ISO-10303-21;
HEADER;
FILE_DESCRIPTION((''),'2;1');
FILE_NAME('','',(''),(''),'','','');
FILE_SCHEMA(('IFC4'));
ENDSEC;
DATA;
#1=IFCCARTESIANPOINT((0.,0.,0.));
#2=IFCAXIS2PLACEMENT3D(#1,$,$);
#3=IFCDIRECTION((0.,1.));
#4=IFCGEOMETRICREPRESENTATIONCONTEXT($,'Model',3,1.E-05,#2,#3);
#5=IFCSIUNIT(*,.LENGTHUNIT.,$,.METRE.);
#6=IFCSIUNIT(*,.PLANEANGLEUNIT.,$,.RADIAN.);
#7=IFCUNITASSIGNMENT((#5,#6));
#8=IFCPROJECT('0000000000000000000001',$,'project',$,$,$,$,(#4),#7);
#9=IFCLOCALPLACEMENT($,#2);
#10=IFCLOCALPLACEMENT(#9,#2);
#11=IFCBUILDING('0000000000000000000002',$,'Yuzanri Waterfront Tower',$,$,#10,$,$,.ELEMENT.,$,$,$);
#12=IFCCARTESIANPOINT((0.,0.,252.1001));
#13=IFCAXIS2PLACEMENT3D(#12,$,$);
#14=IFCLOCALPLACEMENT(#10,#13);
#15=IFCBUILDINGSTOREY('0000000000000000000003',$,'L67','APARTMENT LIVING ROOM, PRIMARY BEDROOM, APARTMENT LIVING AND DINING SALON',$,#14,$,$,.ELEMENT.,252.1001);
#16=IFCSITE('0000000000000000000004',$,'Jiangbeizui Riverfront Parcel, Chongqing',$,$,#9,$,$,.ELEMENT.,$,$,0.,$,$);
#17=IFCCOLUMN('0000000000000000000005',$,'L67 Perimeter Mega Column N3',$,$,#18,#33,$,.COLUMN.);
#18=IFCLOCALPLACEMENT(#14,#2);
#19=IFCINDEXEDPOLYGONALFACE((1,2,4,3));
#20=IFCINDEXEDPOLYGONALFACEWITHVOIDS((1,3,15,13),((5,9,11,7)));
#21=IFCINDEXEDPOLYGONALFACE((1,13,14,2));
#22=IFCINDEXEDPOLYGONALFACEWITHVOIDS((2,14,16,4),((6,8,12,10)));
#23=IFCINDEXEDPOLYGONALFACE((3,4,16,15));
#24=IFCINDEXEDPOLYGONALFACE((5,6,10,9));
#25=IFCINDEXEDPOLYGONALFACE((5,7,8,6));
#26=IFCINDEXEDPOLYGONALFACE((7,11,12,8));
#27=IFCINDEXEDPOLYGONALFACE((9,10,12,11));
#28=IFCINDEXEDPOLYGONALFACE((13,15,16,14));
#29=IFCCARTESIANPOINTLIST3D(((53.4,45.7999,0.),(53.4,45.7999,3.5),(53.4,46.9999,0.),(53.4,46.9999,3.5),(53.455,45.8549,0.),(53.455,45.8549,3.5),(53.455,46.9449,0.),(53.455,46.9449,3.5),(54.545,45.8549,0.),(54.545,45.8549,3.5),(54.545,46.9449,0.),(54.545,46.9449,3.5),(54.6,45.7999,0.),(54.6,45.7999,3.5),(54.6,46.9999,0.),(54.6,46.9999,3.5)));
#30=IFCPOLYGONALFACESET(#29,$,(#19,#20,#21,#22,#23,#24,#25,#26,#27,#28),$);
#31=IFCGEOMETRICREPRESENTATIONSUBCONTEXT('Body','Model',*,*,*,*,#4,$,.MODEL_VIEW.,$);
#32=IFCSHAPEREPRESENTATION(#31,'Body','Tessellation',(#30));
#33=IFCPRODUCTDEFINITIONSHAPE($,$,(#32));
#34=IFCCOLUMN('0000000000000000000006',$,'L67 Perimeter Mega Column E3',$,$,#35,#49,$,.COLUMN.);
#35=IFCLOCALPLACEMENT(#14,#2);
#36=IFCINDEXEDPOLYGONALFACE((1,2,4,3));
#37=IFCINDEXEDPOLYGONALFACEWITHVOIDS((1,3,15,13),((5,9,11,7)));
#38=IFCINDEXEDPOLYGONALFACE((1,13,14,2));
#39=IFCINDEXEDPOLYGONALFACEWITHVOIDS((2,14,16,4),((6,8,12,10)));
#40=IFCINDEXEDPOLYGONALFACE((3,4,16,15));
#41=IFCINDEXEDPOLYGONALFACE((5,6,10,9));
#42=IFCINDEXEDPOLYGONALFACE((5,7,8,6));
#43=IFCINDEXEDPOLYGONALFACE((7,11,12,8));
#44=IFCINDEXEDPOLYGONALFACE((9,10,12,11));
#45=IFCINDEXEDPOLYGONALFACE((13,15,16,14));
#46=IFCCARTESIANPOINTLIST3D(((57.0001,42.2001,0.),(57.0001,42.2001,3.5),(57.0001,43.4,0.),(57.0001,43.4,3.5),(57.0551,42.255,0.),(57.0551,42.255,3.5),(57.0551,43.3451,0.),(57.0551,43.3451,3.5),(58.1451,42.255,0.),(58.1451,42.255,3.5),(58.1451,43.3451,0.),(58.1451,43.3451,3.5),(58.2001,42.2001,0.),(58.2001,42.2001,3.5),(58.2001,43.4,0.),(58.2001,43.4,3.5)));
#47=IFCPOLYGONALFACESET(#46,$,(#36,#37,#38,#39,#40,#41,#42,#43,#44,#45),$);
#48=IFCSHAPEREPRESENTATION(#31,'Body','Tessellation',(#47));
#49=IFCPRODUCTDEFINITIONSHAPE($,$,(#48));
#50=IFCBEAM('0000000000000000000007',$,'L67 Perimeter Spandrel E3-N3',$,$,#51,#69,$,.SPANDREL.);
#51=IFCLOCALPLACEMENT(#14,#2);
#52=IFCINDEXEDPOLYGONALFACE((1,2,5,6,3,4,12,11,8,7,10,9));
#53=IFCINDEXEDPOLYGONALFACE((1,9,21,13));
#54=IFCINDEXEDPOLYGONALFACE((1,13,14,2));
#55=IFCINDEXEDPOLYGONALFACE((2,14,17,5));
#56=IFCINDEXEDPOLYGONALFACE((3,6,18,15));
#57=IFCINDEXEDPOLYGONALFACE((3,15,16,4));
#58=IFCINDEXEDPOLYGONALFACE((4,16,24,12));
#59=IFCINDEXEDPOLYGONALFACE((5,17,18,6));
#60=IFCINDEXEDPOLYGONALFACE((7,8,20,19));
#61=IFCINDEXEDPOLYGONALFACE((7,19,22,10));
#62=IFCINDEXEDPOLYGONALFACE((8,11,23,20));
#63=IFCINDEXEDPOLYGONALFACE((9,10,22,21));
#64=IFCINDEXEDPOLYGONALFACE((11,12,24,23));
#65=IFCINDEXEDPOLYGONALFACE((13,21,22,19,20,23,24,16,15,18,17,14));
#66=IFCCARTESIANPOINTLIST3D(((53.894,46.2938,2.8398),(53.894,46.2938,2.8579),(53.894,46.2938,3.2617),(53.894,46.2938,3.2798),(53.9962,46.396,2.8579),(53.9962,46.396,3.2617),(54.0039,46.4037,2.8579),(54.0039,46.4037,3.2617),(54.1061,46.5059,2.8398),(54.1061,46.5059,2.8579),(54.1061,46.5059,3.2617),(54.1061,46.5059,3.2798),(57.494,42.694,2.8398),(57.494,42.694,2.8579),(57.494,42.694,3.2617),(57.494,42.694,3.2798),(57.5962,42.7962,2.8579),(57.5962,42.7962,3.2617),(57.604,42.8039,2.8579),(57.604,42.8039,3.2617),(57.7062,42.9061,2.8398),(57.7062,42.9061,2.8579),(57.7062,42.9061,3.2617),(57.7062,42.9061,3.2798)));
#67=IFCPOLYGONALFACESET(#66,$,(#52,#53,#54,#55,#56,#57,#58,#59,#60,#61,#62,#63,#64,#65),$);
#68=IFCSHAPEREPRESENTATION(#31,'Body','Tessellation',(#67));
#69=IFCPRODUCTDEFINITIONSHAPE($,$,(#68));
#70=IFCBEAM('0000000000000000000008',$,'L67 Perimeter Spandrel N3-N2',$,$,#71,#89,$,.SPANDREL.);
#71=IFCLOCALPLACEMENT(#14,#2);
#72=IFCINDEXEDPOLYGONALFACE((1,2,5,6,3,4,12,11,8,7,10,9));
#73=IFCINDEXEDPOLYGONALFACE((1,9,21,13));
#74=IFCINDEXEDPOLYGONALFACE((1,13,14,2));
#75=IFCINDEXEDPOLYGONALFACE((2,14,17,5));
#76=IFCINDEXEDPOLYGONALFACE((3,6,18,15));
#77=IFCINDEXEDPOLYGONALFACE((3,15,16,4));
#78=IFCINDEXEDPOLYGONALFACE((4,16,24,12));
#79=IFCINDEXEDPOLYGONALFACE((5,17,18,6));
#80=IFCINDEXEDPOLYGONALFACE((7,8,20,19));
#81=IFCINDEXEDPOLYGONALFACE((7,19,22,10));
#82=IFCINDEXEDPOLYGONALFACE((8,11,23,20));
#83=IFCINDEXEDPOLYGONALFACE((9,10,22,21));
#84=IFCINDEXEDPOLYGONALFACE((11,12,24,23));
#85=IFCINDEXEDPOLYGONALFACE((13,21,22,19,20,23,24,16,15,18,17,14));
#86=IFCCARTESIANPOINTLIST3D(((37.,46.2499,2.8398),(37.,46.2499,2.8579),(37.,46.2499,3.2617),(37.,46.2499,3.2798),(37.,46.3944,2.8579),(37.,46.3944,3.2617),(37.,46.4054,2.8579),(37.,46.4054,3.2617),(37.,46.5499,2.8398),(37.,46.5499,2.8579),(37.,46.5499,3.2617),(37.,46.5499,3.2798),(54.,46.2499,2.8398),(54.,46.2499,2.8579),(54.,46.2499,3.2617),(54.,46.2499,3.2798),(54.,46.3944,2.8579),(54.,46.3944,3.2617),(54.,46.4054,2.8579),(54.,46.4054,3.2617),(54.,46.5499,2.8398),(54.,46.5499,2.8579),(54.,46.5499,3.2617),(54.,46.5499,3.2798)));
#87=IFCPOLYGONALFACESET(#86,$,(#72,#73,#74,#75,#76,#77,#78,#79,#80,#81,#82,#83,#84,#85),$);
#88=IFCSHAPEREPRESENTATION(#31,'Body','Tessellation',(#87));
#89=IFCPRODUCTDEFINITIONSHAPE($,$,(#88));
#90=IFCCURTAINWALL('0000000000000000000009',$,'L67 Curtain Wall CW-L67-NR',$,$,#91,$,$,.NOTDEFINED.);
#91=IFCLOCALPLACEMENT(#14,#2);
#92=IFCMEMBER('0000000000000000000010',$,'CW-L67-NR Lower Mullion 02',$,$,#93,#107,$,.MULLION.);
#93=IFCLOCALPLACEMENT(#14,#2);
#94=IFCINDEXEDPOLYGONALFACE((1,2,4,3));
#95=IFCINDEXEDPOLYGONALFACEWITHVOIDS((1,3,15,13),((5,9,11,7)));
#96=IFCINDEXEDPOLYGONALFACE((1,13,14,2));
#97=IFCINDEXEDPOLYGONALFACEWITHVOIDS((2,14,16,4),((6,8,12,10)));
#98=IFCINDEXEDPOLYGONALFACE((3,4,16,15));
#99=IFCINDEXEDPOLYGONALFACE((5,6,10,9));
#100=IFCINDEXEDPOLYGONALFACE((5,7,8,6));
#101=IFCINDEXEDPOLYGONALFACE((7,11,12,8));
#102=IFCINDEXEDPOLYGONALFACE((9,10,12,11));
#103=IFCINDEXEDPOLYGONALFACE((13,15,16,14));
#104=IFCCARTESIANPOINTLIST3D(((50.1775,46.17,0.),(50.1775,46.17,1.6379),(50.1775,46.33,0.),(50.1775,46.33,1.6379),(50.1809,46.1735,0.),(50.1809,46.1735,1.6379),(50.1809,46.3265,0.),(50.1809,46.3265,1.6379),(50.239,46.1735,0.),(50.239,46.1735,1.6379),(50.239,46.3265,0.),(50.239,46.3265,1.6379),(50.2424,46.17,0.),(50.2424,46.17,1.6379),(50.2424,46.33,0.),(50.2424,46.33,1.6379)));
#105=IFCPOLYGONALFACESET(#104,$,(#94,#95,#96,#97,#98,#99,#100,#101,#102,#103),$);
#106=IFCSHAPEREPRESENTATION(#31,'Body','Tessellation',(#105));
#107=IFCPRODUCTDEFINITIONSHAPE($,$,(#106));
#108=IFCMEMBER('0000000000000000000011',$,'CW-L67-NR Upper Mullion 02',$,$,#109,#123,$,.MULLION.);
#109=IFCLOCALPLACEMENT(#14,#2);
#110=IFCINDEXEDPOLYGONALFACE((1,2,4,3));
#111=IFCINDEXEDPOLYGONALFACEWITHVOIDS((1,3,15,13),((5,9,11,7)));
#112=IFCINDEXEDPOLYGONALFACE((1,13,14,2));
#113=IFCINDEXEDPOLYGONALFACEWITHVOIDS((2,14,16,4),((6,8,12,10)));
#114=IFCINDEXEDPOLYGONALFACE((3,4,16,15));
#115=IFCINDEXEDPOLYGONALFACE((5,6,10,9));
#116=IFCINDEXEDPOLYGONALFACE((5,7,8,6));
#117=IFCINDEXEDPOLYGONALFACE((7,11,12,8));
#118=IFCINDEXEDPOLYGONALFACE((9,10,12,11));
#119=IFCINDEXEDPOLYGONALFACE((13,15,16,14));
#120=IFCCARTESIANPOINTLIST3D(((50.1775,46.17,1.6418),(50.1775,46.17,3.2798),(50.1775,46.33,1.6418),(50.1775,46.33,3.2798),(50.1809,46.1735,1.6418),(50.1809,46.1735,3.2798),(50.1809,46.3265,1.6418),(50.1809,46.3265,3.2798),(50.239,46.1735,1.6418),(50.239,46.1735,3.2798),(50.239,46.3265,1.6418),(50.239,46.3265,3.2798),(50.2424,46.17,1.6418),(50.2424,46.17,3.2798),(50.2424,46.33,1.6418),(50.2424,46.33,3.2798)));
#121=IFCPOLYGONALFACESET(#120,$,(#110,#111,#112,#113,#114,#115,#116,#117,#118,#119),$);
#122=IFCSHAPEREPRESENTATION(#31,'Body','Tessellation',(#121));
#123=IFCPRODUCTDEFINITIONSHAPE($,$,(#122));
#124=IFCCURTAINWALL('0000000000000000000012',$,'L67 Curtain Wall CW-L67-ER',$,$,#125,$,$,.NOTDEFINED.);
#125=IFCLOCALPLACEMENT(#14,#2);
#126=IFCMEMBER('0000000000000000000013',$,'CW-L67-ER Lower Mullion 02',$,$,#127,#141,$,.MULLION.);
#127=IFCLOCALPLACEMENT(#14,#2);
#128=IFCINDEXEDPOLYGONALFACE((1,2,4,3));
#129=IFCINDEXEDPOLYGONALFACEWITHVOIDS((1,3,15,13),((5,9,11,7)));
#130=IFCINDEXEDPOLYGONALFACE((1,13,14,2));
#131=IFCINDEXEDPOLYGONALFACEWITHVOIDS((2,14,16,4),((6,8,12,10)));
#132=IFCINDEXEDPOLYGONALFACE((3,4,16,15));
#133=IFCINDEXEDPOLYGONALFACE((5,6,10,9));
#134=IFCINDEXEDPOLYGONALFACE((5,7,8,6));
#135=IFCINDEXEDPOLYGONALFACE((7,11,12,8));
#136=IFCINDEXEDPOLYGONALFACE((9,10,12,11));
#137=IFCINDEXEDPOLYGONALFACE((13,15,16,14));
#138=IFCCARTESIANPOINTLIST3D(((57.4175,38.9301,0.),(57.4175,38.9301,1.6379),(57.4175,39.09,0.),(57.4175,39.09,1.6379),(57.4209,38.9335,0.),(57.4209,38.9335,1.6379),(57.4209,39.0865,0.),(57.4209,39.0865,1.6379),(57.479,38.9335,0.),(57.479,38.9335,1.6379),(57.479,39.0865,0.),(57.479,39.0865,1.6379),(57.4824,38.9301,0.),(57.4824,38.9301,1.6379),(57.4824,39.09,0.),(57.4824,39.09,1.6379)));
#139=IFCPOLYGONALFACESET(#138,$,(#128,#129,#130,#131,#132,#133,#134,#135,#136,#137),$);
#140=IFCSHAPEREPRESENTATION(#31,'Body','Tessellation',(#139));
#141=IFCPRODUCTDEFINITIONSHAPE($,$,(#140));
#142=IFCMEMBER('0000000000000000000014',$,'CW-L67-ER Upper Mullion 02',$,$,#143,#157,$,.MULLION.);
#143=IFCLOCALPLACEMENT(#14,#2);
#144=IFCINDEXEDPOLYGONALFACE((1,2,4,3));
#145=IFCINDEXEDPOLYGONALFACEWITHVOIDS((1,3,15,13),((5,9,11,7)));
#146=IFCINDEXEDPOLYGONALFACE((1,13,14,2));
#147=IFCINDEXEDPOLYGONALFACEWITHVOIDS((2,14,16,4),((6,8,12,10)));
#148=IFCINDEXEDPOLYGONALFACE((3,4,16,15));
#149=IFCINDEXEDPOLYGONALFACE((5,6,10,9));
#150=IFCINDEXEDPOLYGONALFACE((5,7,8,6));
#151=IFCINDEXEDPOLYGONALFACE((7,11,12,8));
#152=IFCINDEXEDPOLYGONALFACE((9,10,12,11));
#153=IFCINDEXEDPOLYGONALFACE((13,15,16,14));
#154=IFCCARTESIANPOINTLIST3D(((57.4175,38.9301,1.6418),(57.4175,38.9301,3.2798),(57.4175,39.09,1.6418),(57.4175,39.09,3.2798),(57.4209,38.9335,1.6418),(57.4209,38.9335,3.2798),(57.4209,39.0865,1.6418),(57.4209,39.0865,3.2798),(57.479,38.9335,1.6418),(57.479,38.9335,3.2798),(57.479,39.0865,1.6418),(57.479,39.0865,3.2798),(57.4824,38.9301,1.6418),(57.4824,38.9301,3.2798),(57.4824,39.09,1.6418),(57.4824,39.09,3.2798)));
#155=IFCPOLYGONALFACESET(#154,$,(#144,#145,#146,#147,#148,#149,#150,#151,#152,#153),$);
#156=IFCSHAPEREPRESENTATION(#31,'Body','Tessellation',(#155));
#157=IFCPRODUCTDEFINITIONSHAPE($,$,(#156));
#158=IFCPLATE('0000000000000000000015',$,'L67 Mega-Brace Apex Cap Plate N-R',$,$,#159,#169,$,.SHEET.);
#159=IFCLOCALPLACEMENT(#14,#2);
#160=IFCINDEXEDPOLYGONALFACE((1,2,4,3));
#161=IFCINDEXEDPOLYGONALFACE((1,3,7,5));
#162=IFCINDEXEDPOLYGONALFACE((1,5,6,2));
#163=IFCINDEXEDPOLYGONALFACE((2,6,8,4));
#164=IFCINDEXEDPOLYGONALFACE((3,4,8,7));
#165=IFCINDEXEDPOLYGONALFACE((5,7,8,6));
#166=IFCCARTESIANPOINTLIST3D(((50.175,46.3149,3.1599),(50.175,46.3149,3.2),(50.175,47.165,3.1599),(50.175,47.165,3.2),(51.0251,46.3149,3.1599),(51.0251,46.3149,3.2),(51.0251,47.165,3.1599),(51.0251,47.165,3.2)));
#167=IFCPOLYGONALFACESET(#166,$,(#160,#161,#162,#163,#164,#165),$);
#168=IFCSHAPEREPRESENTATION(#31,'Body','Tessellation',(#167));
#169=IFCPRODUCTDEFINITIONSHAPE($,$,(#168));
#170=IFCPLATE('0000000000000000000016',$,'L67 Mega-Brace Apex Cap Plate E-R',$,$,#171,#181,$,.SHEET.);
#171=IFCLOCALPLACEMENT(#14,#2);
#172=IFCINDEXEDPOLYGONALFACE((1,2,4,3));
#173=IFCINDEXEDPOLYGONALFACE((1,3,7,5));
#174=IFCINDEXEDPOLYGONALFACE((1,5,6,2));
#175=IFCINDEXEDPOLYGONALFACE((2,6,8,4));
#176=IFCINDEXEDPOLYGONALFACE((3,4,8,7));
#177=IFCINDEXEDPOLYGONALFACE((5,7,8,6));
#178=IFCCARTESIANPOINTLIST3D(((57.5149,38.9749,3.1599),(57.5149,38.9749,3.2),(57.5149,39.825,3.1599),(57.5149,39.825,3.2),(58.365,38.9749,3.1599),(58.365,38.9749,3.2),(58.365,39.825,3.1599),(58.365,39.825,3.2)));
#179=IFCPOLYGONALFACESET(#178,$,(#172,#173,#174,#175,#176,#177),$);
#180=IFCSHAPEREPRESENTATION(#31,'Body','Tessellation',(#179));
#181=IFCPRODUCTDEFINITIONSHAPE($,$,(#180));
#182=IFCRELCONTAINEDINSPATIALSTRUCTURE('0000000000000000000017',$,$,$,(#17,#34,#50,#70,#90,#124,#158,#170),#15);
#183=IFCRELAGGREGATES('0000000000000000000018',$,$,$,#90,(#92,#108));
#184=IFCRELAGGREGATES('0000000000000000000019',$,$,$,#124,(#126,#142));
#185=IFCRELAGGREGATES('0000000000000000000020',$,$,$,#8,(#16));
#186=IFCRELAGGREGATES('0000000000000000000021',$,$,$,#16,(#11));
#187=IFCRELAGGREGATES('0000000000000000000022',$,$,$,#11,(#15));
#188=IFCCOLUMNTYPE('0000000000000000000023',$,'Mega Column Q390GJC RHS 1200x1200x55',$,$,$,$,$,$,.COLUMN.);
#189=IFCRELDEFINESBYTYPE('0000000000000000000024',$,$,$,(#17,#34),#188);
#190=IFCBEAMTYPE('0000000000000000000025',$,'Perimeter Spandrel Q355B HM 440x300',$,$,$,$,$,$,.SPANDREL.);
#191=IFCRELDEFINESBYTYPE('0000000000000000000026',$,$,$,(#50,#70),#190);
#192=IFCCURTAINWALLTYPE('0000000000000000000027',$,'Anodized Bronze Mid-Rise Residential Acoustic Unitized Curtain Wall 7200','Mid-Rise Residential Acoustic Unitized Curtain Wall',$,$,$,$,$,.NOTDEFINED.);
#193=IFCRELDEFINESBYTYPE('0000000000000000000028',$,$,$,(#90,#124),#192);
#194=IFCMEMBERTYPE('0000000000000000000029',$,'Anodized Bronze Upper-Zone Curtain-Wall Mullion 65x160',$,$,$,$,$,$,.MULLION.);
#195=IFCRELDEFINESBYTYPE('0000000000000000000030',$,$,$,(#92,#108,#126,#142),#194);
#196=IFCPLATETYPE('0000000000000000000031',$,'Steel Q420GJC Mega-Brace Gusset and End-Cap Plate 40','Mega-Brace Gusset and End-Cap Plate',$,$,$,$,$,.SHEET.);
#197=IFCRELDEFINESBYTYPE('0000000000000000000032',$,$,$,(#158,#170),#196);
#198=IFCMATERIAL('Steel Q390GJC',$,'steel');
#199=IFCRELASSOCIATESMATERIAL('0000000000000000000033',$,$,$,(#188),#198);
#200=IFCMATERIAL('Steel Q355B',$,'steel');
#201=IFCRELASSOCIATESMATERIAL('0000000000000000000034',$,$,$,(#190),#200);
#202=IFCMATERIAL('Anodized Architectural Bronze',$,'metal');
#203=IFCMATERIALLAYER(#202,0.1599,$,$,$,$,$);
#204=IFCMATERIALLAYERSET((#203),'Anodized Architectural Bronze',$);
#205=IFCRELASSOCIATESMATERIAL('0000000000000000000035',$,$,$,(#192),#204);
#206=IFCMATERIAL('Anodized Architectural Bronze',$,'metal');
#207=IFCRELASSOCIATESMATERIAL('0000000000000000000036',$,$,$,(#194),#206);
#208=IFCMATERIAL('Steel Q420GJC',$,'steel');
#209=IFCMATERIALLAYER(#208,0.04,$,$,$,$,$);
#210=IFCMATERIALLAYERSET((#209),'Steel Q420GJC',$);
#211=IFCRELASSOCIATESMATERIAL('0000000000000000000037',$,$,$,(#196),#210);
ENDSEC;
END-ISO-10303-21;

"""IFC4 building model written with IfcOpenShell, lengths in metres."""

from ifc_helpers import new_model, si_unit, direction, frame, origin, origin_2d, place, context, subcontext, project, spatial, rectangle, hollow_rectangle, i_section, extrude, source, transform, mapped, material, layer, layer_set, material_profile, profile_set, type_object, element, aggregate, save


model = new_model("IFC4")

# Units and contexts
model_context = context("Model", 3, precision=1e-05, world=origin(), true_north=direction((0.0, 1.0)))
body_context = subcontext(model_context, "Body", "Model", "MODEL_VIEW")
ifc_project = project(units=[si_unit("LENGTHUNIT", "METRE"), si_unit("PLANEANGLEUNIT", "RADIAN")], contexts=[model_context])

# Site, building, storey
site_placement = place(None, origin())
site = spatial("IfcSite", under=ifc_project, at=site_placement, Name="Jiangbeizui Riverfront Parcel, Chongqing", CompositionType="ELEMENT", RefElevation=0.0)
building_placement = place(site_placement, origin())
building = spatial("IfcBuilding", under=site, at=building_placement, Name="Yuzanri Waterfront Tower", CompositionType="ELEMENT")
storey_placement = place(building_placement, frame((0.0, 0.0, 252.1001)))
storey = spatial("IfcBuildingStorey", under=building, at=storey_placement, Name="L67", Description="APARTMENT LIVING ROOM, PRIMARY BEDROOM, APARTMENT LIVING AND DINING SALON", CompositionType="ELEMENT", Elevation=252.1001)

# Columns
ifc_material_1 = material(Name="Steel Q390GJC", Category="steel")
ifc_material_profile_1 = material_profile(ifc_material_1, hollow_rectangle(XDim=1.2, YDim=1.2, WallThickness=0.0549, at=origin_2d()), Name="RHS 1200x1200x55")
ifc_profile_set_1 = profile_set([ifc_material_profile_1], Name="Steel Q390GJC")
column_type = type_object("IfcColumnType", Name="Mega Column Q390GJC RHS 1200x1200x55", PredefinedType="COLUMN", material=ifc_profile_set_1)
shared_shape_1 = source(origin(), body_context, "Body", "SweptSolid", [
    extrude(hollow_rectangle(XDim=1.2, YDim=1.2, WallThickness=0.0549, at=origin_2d()), origin(), (0.0, 0.0, 1.0), 3.5),
])
for number, where, z_axis, x_axis, name in (
    (1, (54.0, 46.3999, 0.0), (0.0, 0.0, 1.0), (1.0, 0.0, 0.0), "L67 Perimeter Mega Column N3"),
    (2, (57.6001, 42.8, 0.0), (0.0, 0.0, 1.0), (1.0, 0.0, 0.0), "L67 Perimeter Mega Column E3"),
):
    element("IfcColumn", number, at=place(storey_placement, frame(where, z_axis=z_axis, x_axis=x_axis)), inside=storey, type_object=column_type, Name=name, PredefinedType="COLUMN", context=body_context, shape_type="MappedRepresentation", body=[
        mapped(shared_shape_1, transform((0.0, 0.0, 0.0), scale=1.0)),
    ])

# Beams
ifc_material_2 = material(Name="Steel Q355B", Category="steel")
ifc_material_profile_2 = material_profile(ifc_material_2, i_section(OverallWidth=0.3, OverallDepth=0.4399, WebThickness=0.011, FlangeThickness=0.0181, at=origin_2d()), Name="HM 440x300x11x18")
ifc_profile_set_2 = profile_set([ifc_material_profile_2], Name="Steel Q355B")
beam_type = type_object("IfcBeamType", Name="Perimeter Spandrel Q355B HM 440x300", PredefinedType="SPANDREL", material=ifc_profile_set_2)
shared_shape_2 = source(origin(), body_context, "Body", "SweptSolid", [
    extrude(i_section(OverallWidth=0.3, OverallDepth=0.4399, WebThickness=0.011, FlangeThickness=0.0181, at=origin_2d()), origin(), (0.0, 0.0, 1.0), 5.0911),
])
beam_1_placement = place(storey_placement, frame((57.6001, 42.8, 3.0598), z_axis=(-0.707131, 0.707083, 0.0), x_axis=(-0.707083, -0.707131, 0.0)))
element("IfcBeam", 3, at=beam_1_placement, inside=storey, type_object=beam_type, Name="L67 Perimeter Spandrel E3-N3", PredefinedType="SPANDREL", context=body_context, shape_type="MappedRepresentation", body=[
    mapped(shared_shape_2, transform((0.0, 0.0, 0.0), scale=1.0)),
])
shared_shape_3 = source(origin(), body_context, "Body", "SweptSolid", [
    extrude(i_section(OverallWidth=0.3, OverallDepth=0.4399, WebThickness=0.011, FlangeThickness=0.0181, at=origin_2d()), origin(), (0.0, 0.0, 1.0), 17.0),
])
beam_2_placement = place(storey_placement, frame((54.0, 46.3999, 3.0598), z_axis=(-1.0, 0.0, 0.0), x_axis=(0.0, -1.0, 0.0)))
element("IfcBeam", 4, at=beam_2_placement, inside=storey, type_object=beam_type, Name="L67 Perimeter Spandrel N3-N2", PredefinedType="SPANDREL", context=body_context, shape_type="MappedRepresentation", body=[
    mapped(shared_shape_3, transform((0.0, 0.0, 0.0), scale=1.0)),
])

# Curtain walls, members
ifc_material_3 = material(Name="Anodized Architectural Bronze", Category="metal")
ifc_layer_1 = layer(ifc_material_3, 0.1599)
ifc_layer_set_1 = layer_set([ifc_layer_1], Name="Anodized Architectural Bronze")
curtain_wall_type = type_object("IfcCurtainWallType", Name="Anodized Bronze Mid-Rise Residential Acoustic Unitized Curtain Wall 7200", Description="Mid-Rise Residential Acoustic Unitized Curtain Wall", PredefinedType="NOTDEFINED", material=ifc_layer_set_1)
curtain_wall_1_placement = place(storey_placement, origin())
curtain_wall_1 = element("IfcCurtainWall", 5, at=curtain_wall_1_placement, inside=storey, type_object=curtain_wall_type, Name="L67 Curtain Wall CW-L67-NR", PredefinedType="NOTDEFINED")
ifc_material_4 = material(Name="Anodized Architectural Bronze", Category="metal")
ifc_material_profile_3 = material_profile(ifc_material_4, hollow_rectangle(XDim=0.0649, YDim=0.1599, WallThickness=0.0034, at=origin_2d()), Name="CWM 65x160")
ifc_profile_set_3 = profile_set([ifc_material_profile_3], Name="Anodized Architectural Bronze")
member_type = type_object("IfcMemberType", Name="Anodized Bronze Upper-Zone Curtain-Wall Mullion 65x160", PredefinedType="MULLION", material=ifc_profile_set_3)
shared_shape_4 = source(origin(), body_context, "Body", "SweptSolid", [
    extrude(hollow_rectangle(XDim=0.0649, YDim=0.1599, WallThickness=0.0034, at=origin_2d()), origin(), (0.0, 0.0, 1.0), 1.6379),
])
member_1_placement = place(storey_placement, frame((50.21, 46.25, 0.0), z_axis=(0.0, 0.0, 1.0), x_axis=(1.0, 0.0, 0.0)))
member_1 = element("IfcMember", 6, at=member_1_placement, type_object=member_type, Name="CW-L67-NR Lower Mullion 02", PredefinedType="MULLION", context=body_context, shape_type="MappedRepresentation", body=[
    mapped(shared_shape_4, transform((0.0, 0.0, 0.0), scale=1.0)),
])
member_2_placement = place(storey_placement, frame((50.21, 46.25, 1.6418), z_axis=(0.0, 0.0, 1.0), x_axis=(1.0, 0.0, 0.0)))
member_2 = element("IfcMember", 7, at=member_2_placement, type_object=member_type, Name="CW-L67-NR Upper Mullion 02", PredefinedType="MULLION", context=body_context, shape_type="MappedRepresentation", body=[
    mapped(shared_shape_4, transform((0.0, 0.0, 0.0), scale=1.0)),
])
aggregate(curtain_wall_1, [member_1, member_2])
curtain_wall_2_placement = place(storey_placement, origin())
curtain_wall_2 = element("IfcCurtainWall", 8, at=curtain_wall_2_placement, inside=storey, type_object=curtain_wall_type, Name="L67 Curtain Wall CW-L67-ER", PredefinedType="NOTDEFINED")
member_3_placement = place(storey_placement, frame((57.45, 39.01, 0.0), z_axis=(0.0, 0.0, 1.0), x_axis=(1.0, 0.0, 0.0)))
member_3 = element("IfcMember", 9, at=member_3_placement, type_object=member_type, Name="CW-L67-ER Lower Mullion 02", PredefinedType="MULLION", context=body_context, shape_type="MappedRepresentation", body=[
    mapped(shared_shape_4, transform((0.0, 0.0, 0.0), scale=1.0)),
])
member_4_placement = place(storey_placement, frame((57.45, 39.01, 1.6418), z_axis=(0.0, 0.0, 1.0), x_axis=(1.0, 0.0, 0.0)))
member_4 = element("IfcMember", 10, at=member_4_placement, type_object=member_type, Name="CW-L67-ER Upper Mullion 02", PredefinedType="MULLION", context=body_context, shape_type="MappedRepresentation", body=[
    mapped(shared_shape_4, transform((0.0, 0.0, 0.0), scale=1.0)),
])

# Plates
ifc_material_5 = material(Name="Steel Q420GJC", Category="steel")
ifc_layer_2 = layer(ifc_material_5, 0.04)
ifc_layer_set_2 = layer_set([ifc_layer_2], Name="Steel Q420GJC")
plate_type_1 = type_object("IfcPlateType", Name="Steel Q420GJC Mega-Brace Gusset and End-Cap Plate 40", Description="Mega-Brace Gusset and End-Cap Plate", PredefinedType="SHEET", material=ifc_layer_set_2)
shared_shape_5 = source(origin(), body_context, "Body", "SweptSolid", [
    extrude(rectangle(XDim=0.8501, YDim=0.8501, at=origin_2d()), origin(), (0.0, 0.0, 1.0), 0.04),
])
for number, where, z_axis, x_axis, name in (
    (11, (50.6001, 46.74, 3.1599), (0.0, 0.0, 1.0), (1.0, 0.0, 0.0), "L67 Mega-Brace Apex Cap Plate N-R"),
    (12, (57.9399, 39.3999, 3.1599), (0.0, 0.0, 1.0), (1.0, 0.0, 0.0), "L67 Mega-Brace Apex Cap Plate E-R"),
):
    element("IfcPlate", number, at=place(storey_placement, frame(where, z_axis=z_axis, x_axis=x_axis)), inside=storey, type_object=plate_type_1, Name=name, PredefinedType="SHEET", context=body_context, shape_type="MappedRepresentation", body=[
        mapped(shared_shape_5, transform((0.0, 0.0, 0.0), scale=1.0)),
    ])

aggregate(curtain_wall_2, [member_3, member_4])

save(model, "model.ifc")
